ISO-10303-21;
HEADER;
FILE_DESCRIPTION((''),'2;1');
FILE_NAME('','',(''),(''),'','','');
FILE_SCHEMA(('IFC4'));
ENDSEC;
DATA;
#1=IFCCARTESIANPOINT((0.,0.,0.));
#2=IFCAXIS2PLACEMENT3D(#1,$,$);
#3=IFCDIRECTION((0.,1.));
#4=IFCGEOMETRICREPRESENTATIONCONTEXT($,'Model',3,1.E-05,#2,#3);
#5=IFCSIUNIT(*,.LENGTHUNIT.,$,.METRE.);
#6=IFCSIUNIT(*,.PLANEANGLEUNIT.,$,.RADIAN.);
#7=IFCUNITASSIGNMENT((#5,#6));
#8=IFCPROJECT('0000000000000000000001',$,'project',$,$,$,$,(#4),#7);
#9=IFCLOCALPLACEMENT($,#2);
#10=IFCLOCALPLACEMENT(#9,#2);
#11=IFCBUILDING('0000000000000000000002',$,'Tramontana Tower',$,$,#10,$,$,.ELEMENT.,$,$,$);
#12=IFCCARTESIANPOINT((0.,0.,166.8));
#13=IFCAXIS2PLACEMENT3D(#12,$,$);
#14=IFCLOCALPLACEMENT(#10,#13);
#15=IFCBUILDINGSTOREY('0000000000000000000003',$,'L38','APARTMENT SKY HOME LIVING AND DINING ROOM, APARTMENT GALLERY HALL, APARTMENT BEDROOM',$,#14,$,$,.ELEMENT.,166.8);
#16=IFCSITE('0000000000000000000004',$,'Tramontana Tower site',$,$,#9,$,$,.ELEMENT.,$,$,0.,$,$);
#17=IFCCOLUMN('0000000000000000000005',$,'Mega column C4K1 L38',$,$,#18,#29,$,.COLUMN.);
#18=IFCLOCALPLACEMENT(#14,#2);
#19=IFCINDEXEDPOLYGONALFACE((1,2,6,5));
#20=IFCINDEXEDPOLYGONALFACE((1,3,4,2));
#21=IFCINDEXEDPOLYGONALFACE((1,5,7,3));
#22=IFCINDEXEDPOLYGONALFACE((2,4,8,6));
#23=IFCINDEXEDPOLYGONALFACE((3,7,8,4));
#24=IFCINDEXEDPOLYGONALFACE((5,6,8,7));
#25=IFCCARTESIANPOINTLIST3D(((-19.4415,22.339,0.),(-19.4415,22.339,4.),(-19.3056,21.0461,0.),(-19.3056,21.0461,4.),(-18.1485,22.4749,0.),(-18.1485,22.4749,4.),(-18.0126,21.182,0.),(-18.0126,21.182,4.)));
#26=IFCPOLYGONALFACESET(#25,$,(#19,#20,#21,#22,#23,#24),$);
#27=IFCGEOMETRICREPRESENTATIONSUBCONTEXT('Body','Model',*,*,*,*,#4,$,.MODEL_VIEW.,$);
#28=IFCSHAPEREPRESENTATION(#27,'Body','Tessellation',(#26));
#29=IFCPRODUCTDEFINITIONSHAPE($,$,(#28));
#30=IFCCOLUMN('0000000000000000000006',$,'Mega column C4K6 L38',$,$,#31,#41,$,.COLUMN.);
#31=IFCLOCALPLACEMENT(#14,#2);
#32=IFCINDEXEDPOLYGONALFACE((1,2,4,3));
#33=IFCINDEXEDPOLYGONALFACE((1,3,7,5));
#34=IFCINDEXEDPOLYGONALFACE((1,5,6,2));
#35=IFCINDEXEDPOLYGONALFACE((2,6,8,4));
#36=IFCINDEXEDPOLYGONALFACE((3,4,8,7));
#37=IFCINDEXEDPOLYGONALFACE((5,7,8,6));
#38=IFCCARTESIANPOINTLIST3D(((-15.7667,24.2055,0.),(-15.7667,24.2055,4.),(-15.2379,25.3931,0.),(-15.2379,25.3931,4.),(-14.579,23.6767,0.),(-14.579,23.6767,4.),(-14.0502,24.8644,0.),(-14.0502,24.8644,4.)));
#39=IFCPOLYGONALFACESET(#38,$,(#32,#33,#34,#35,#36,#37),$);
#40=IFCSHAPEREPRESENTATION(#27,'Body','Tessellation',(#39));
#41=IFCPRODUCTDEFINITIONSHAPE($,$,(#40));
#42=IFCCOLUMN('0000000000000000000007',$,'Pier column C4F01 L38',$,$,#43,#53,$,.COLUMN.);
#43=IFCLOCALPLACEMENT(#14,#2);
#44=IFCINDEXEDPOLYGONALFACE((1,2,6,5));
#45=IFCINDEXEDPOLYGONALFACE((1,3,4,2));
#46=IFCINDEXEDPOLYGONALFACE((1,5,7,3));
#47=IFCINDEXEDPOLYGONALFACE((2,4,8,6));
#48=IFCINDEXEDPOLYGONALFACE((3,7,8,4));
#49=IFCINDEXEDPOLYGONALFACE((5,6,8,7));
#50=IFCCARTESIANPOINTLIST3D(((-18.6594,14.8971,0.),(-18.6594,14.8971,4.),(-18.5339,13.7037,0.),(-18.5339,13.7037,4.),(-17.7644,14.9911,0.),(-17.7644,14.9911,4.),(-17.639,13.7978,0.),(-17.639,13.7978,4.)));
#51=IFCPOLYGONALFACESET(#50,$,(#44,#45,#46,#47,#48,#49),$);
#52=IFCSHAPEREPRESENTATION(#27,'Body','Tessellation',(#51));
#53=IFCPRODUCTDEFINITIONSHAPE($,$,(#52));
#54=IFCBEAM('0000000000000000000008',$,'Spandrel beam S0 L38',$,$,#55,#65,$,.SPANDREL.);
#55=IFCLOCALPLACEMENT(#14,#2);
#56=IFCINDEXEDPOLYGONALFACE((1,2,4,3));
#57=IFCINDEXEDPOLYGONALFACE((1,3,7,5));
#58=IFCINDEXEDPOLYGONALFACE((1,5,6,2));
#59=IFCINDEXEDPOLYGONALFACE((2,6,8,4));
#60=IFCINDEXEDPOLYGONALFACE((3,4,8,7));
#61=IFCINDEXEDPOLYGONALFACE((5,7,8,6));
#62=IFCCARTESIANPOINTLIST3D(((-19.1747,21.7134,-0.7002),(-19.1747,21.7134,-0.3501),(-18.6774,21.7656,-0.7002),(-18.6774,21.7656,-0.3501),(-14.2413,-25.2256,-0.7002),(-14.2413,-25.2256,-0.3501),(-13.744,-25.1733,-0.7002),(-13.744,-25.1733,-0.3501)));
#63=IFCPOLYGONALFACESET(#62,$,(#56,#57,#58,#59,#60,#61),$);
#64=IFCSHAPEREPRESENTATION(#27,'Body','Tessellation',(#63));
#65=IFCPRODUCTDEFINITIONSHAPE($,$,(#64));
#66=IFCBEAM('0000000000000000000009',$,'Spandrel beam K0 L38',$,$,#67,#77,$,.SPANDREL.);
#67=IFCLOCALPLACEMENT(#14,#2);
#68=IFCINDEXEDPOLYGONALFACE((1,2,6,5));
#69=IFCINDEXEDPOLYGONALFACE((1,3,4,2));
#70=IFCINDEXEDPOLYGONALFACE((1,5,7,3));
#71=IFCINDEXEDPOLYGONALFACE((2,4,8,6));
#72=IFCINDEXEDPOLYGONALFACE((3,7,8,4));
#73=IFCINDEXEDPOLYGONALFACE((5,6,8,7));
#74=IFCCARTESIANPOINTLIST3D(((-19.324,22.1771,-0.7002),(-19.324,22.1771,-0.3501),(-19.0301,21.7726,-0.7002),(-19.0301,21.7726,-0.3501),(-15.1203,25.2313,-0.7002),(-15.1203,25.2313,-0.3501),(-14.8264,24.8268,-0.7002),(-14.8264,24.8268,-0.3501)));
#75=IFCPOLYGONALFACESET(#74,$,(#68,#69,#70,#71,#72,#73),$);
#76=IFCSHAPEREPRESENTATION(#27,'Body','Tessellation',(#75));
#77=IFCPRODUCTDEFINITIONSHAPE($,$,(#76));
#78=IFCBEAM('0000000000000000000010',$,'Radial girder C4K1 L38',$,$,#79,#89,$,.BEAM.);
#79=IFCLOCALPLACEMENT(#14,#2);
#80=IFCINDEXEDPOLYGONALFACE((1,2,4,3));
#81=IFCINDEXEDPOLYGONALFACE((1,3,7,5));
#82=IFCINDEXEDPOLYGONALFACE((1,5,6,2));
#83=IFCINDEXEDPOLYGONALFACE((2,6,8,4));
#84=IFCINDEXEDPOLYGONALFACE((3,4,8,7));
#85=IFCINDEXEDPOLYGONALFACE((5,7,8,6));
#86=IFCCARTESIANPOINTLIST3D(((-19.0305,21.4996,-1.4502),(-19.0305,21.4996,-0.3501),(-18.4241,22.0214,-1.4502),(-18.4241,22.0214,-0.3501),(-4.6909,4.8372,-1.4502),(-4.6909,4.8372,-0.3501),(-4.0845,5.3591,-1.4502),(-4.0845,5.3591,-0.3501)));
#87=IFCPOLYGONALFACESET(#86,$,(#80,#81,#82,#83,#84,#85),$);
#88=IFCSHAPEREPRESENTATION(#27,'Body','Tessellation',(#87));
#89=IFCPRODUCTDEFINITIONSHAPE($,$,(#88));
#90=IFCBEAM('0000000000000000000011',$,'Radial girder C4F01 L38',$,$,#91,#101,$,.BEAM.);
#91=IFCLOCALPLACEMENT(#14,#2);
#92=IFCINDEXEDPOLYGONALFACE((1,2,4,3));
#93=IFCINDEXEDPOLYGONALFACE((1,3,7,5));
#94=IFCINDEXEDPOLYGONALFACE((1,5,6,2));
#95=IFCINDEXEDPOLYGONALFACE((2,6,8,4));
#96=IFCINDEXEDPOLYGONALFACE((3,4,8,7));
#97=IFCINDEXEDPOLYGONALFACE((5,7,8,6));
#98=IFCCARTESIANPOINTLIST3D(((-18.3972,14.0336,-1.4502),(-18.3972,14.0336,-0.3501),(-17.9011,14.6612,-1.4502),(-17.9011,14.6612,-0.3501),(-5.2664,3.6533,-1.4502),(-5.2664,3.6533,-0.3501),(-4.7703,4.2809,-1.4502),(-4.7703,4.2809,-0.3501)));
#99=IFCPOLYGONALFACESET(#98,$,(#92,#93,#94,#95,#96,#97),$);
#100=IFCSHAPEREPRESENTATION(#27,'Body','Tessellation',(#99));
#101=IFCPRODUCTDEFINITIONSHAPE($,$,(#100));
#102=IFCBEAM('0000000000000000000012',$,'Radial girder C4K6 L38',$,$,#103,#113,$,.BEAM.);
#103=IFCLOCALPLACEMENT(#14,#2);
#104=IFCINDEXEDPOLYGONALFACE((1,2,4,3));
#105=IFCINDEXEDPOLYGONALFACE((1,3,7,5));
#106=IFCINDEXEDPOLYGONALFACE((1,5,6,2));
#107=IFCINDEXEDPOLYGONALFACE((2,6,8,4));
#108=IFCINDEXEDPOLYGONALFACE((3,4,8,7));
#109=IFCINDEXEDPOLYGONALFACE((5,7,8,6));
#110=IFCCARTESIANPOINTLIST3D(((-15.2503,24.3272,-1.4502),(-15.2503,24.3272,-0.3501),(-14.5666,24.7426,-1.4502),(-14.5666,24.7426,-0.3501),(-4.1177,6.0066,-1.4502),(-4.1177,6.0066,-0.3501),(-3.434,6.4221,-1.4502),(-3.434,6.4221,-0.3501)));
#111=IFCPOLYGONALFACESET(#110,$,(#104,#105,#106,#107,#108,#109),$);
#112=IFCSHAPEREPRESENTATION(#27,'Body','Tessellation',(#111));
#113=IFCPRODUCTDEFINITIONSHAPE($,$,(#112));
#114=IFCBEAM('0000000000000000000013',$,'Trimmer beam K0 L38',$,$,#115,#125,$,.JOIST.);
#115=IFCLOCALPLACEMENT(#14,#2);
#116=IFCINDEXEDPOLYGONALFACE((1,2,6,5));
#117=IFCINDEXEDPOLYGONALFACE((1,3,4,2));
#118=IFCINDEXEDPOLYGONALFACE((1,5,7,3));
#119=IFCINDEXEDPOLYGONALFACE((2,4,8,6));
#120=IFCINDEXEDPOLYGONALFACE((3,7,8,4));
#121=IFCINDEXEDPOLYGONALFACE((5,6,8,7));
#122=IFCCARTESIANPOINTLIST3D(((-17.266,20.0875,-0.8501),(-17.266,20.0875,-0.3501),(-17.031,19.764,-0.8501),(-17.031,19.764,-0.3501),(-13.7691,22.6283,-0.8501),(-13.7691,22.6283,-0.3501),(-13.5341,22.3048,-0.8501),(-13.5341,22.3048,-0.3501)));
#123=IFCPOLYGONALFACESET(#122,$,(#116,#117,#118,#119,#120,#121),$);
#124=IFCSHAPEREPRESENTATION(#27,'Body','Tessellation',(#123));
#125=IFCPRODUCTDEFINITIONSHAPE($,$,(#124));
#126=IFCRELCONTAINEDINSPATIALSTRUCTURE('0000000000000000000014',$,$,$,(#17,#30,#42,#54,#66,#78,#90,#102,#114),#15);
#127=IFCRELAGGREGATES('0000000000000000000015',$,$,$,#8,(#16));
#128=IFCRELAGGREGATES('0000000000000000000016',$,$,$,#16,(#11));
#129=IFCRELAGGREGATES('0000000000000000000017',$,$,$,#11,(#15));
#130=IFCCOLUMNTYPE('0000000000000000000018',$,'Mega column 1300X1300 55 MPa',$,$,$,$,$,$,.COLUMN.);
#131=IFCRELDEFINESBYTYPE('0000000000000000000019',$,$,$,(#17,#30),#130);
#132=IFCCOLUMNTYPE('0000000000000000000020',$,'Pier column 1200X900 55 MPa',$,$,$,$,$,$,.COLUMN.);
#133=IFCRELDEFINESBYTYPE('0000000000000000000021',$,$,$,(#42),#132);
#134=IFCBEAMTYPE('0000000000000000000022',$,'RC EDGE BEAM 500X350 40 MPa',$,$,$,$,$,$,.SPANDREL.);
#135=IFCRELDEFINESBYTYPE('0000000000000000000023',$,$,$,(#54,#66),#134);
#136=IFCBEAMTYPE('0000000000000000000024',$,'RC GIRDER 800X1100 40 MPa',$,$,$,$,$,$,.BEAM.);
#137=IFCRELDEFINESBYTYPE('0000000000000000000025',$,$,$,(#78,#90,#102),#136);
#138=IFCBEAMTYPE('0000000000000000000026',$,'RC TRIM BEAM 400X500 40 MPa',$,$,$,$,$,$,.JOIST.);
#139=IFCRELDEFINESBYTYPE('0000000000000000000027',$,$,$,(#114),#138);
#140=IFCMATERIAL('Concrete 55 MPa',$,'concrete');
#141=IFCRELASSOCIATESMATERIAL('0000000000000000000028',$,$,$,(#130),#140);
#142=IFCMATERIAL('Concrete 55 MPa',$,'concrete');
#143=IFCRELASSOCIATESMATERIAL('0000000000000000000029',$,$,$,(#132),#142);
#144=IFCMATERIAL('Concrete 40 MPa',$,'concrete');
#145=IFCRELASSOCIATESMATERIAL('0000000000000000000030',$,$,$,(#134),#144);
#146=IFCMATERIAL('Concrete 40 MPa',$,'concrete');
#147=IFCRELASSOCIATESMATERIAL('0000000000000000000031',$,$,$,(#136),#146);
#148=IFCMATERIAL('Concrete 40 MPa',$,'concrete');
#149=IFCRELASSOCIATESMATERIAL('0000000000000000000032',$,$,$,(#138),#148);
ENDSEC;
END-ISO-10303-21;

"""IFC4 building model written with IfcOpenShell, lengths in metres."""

from ifc_helpers import new_model, si_unit, direction, frame, origin, origin_2d, place, context, subcontext, project, spatial, rectangle, extrude, material, material_profile, profile_set, type_object, element, save


model = new_model("IFC4")

# Units and contexts
model_context = context("Model", 3, precision=1e-05, world=origin(), true_north=direction((0.0, 1.0)))
body_context = subcontext(model_context, "Body", "Model", "MODEL_VIEW")
ifc_project = project(units=[si_unit("LENGTHUNIT", "METRE"), si_unit("PLANEANGLEUNIT", "RADIAN")], contexts=[model_context])

# Site, building, storey
site_placement = place(None, origin())
site = spatial("IfcSite", under=ifc_project, at=site_placement, Name="Tramontana Tower site", CompositionType="ELEMENT", RefElevation=0.0)
building_placement = place(site_placement, origin())
building = spatial("IfcBuilding", under=site, at=building_placement, Name="Tramontana Tower", CompositionType="ELEMENT")
storey_placement = place(building_placement, frame((0.0, 0.0, 166.8)))
storey = spatial("IfcBuildingStorey", under=building, at=storey_placement, Name="L38", Description="APARTMENT SKY HOME LIVING AND DINING ROOM, APARTMENT GALLERY HALL, APARTMENT BEDROOM", CompositionType="ELEMENT", Elevation=166.8)

# Columns
ifc_material_1 = material(Name="Concrete 55 MPa", Category="concrete")
ifc_material_profile_1 = material_profile(ifc_material_1, rectangle(XDim=1.3, YDim=1.3, at=origin_2d()), Name="Mega column 1300X1300 55 MPa")
ifc_profile_set_1 = profile_set([ifc_material_profile_1], Name="Concrete 55 MPa")
column_type_1 = type_object("IfcColumnType", Name="Mega column 1300X1300 55 MPa", PredefinedType="COLUMN", material=ifc_profile_set_1)
for number, where, z_axis, x_axis, name in (
    (1, (-18.7271, 21.7605, 0.0), (0.0, 0.0, 1.0), (0.104528, -0.994522, 0.0), "Mega column C4K1 L38"),
    (2, (-14.9084, 24.5349, 0.0), (0.0, 0.0, 1.0), (-0.913545, 0.406737, 0.0), "Mega column C4K6 L38"),
):
    element("IfcColumn", number, at=place(storey_placement, frame(where, z_axis=z_axis, x_axis=x_axis)), inside=storey, type_object=column_type_1, Name=name, PredefinedType="COLUMN", context=body_context, shape_type="SweptSolid", body=[
        extrude(rectangle(XDim=1.3, YDim=1.3, at=origin_2d()), origin(), (0.0, 0.0, 1.0), 4.0),
    ])
ifc_material_2 = material(Name="Concrete 55 MPa", Category="concrete")
ifc_material_profile_2 = material_profile(ifc_material_2, rectangle(XDim=1.2, YDim=0.8999, at=origin_2d()), Name="Pier column 1200X900 55 MPa")
ifc_profile_set_2 = profile_set([ifc_material_profile_2], Name="Concrete 55 MPa")
column_type_2 = type_object("IfcColumnType", Name="Pier column 1200X900 55 MPa", PredefinedType="COLUMN", material=ifc_profile_set_2)
column_placement = place(storey_placement, frame((-18.1492, 14.3474, 0.0), z_axis=(0.0, 0.0, 1.0), x_axis=(0.104528, -0.994522, 0.0)))
element("IfcColumn", 3, at=column_placement, inside=storey, type_object=column_type_2, Name="Pier column C4F01 L38", PredefinedType="COLUMN", context=body_context, shape_type="SweptSolid", body=[
    extrude(rectangle(XDim=1.2, YDim=0.8999, at=origin_2d()), origin(), (0.0, 0.0, 1.0), 4.0),
])

# Beams
ifc_material_3 = material(Name="Concrete 40 MPa", Category="concrete")
ifc_material_profile_3 = material_profile(ifc_material_3, rectangle(XDim=0.5, YDim=0.3501, at=origin_2d()), Name="RC EDGE BEAM 500X350 40 MPa")
ifc_profile_set_3 = profile_set([ifc_material_profile_3], Name="Concrete 40 MPa")
beam_type_1 = type_object("IfcBeamType", Name="RC EDGE BEAM 500X350 40 MPa", PredefinedType="SPANDREL", material=ifc_profile_set_3)
beam_1_placement = place(storey_placement, frame((-18.926, 21.7395, -0.5251), z_axis=(0.104526, -0.994522, 0.0), x_axis=(0.994522, 0.104526, 0.0)))
element("IfcBeam", 4, at=beam_1_placement, inside=storey, type_object=beam_type_1, Name="Spandrel beam S0 L38", PredefinedType="SPANDREL", context=body_context, shape_type="SweptSolid", body=[
    extrude(rectangle(XDim=0.5, YDim=0.3501, at=origin_2d()), origin(), (0.0, 0.0, 1.0), 47.1975),
])
beam_2_placement = place(storey_placement, frame((-14.9734, 25.0291, -0.5251), z_axis=(-0.809008, -0.587797, 0.0), x_axis=(0.587797, -0.809008, 0.0)))
element("IfcBeam", 5, at=beam_2_placement, inside=storey, type_object=beam_type_1, Name="Spandrel beam K0 L38", PredefinedType="SPANDREL", context=body_context, shape_type="SweptSolid", body=[
    extrude(rectangle(XDim=0.5, YDim=0.3501, at=origin_2d()), origin(), (0.0, 0.0, 1.0), 5.196),
])
ifc_material_4 = material(Name="Concrete 40 MPa", Category="concrete")
ifc_material_profile_4 = material_profile(ifc_material_4, rectangle(XDim=0.8, YDim=1.1001, at=origin_2d()), Name="RC GIRDER 800X1100 40 MPa")
ifc_profile_set_4 = profile_set([ifc_material_profile_4], Name="Concrete 40 MPa")
beam_type_2 = type_object("IfcBeamType", Name="RC GIRDER 800X1100 40 MPa", PredefinedType="BEAM", material=ifc_profile_set_4)
beam_3_placement = place(storey_placement, frame((-18.7273, 21.7605, -0.9001), z_axis=(0.6523, -0.757961, 0.0), x_axis=(0.757961, 0.6523, 0.0)))
element("IfcBeam", 6, at=beam_3_placement, inside=storey, type_object=beam_type_2, Name="Radial girder C4K1 L38", PredefinedType="BEAM", context=body_context, shape_type="SweptSolid", body=[
    extrude(rectangle(XDim=0.8, YDim=1.1001, at=origin_2d()), origin(), (0.0, 0.0, 1.0), 21.9832),
])
beam_4_placement = place(storey_placement, frame((-18.1492, 14.3474, -0.9001), z_axis=(0.784479, -0.620156, 0.0), x_axis=(0.620156, 0.784479, 0.0)))
element("IfcBeam", 7, at=beam_4_placement, inside=storey, type_object=beam_type_2, Name="Radial girder C4F01 L38", PredefinedType="BEAM", context=body_context, shape_type="SweptSolid", body=[
    extrude(rectangle(XDim=0.8, YDim=1.1001, at=origin_2d()), origin(), (0.0, 0.0, 1.0), 16.7383),
])
beam_5_placement = place(storey_placement, frame((-14.9084, 24.5349, -0.9001), z_axis=(0.519298, -0.854593, 0.0), x_axis=(0.854593, 0.519298, 0.0)))
element("IfcBeam", 8, at=beam_5_placement, inside=storey, type_object=beam_type_2, Name="Radial girder C4K6 L38", PredefinedType="BEAM", context=body_context, shape_type="SweptSolid", body=[
    extrude(rectangle(XDim=0.8, YDim=1.1001, at=origin_2d()), origin(), (0.0, 0.0, 1.0), 21.4377),
])
ifc_material_5 = material(Name="Concrete 40 MPa", Category="concrete")
ifc_material_profile_5 = material_profile(ifc_material_5, rectangle(XDim=0.3999, YDim=0.5, at=origin_2d()), Name="RC TRIM BEAM 400X500 40 MPa")
ifc_profile_set_5 = profile_set([ifc_material_profile_5], Name="Concrete 40 MPa")
beam_type_3 = type_object("IfcBeamType", Name="RC TRIM BEAM 400X500 40 MPa", PredefinedType="JOIST", material=ifc_profile_set_5)
beam_6_placement = place(storey_placement, frame((-13.6516, 22.4666, -0.6001), z_axis=(-0.808997, -0.587812, 0.0), x_axis=(0.587812, -0.808997, 0.0)))
element("IfcBeam", 9, at=beam_6_placement, inside=storey, type_object=beam_type_3, Name="Trimmer beam K0 L38", PredefinedType="JOIST", context=body_context, shape_type="SweptSolid", body=[
    extrude(rectangle(XDim=0.3999, YDim=0.5, at=origin_2d()), origin(), (0.0, 0.0, 1.0), 4.3225),
])

save(model, "model.ifc")
